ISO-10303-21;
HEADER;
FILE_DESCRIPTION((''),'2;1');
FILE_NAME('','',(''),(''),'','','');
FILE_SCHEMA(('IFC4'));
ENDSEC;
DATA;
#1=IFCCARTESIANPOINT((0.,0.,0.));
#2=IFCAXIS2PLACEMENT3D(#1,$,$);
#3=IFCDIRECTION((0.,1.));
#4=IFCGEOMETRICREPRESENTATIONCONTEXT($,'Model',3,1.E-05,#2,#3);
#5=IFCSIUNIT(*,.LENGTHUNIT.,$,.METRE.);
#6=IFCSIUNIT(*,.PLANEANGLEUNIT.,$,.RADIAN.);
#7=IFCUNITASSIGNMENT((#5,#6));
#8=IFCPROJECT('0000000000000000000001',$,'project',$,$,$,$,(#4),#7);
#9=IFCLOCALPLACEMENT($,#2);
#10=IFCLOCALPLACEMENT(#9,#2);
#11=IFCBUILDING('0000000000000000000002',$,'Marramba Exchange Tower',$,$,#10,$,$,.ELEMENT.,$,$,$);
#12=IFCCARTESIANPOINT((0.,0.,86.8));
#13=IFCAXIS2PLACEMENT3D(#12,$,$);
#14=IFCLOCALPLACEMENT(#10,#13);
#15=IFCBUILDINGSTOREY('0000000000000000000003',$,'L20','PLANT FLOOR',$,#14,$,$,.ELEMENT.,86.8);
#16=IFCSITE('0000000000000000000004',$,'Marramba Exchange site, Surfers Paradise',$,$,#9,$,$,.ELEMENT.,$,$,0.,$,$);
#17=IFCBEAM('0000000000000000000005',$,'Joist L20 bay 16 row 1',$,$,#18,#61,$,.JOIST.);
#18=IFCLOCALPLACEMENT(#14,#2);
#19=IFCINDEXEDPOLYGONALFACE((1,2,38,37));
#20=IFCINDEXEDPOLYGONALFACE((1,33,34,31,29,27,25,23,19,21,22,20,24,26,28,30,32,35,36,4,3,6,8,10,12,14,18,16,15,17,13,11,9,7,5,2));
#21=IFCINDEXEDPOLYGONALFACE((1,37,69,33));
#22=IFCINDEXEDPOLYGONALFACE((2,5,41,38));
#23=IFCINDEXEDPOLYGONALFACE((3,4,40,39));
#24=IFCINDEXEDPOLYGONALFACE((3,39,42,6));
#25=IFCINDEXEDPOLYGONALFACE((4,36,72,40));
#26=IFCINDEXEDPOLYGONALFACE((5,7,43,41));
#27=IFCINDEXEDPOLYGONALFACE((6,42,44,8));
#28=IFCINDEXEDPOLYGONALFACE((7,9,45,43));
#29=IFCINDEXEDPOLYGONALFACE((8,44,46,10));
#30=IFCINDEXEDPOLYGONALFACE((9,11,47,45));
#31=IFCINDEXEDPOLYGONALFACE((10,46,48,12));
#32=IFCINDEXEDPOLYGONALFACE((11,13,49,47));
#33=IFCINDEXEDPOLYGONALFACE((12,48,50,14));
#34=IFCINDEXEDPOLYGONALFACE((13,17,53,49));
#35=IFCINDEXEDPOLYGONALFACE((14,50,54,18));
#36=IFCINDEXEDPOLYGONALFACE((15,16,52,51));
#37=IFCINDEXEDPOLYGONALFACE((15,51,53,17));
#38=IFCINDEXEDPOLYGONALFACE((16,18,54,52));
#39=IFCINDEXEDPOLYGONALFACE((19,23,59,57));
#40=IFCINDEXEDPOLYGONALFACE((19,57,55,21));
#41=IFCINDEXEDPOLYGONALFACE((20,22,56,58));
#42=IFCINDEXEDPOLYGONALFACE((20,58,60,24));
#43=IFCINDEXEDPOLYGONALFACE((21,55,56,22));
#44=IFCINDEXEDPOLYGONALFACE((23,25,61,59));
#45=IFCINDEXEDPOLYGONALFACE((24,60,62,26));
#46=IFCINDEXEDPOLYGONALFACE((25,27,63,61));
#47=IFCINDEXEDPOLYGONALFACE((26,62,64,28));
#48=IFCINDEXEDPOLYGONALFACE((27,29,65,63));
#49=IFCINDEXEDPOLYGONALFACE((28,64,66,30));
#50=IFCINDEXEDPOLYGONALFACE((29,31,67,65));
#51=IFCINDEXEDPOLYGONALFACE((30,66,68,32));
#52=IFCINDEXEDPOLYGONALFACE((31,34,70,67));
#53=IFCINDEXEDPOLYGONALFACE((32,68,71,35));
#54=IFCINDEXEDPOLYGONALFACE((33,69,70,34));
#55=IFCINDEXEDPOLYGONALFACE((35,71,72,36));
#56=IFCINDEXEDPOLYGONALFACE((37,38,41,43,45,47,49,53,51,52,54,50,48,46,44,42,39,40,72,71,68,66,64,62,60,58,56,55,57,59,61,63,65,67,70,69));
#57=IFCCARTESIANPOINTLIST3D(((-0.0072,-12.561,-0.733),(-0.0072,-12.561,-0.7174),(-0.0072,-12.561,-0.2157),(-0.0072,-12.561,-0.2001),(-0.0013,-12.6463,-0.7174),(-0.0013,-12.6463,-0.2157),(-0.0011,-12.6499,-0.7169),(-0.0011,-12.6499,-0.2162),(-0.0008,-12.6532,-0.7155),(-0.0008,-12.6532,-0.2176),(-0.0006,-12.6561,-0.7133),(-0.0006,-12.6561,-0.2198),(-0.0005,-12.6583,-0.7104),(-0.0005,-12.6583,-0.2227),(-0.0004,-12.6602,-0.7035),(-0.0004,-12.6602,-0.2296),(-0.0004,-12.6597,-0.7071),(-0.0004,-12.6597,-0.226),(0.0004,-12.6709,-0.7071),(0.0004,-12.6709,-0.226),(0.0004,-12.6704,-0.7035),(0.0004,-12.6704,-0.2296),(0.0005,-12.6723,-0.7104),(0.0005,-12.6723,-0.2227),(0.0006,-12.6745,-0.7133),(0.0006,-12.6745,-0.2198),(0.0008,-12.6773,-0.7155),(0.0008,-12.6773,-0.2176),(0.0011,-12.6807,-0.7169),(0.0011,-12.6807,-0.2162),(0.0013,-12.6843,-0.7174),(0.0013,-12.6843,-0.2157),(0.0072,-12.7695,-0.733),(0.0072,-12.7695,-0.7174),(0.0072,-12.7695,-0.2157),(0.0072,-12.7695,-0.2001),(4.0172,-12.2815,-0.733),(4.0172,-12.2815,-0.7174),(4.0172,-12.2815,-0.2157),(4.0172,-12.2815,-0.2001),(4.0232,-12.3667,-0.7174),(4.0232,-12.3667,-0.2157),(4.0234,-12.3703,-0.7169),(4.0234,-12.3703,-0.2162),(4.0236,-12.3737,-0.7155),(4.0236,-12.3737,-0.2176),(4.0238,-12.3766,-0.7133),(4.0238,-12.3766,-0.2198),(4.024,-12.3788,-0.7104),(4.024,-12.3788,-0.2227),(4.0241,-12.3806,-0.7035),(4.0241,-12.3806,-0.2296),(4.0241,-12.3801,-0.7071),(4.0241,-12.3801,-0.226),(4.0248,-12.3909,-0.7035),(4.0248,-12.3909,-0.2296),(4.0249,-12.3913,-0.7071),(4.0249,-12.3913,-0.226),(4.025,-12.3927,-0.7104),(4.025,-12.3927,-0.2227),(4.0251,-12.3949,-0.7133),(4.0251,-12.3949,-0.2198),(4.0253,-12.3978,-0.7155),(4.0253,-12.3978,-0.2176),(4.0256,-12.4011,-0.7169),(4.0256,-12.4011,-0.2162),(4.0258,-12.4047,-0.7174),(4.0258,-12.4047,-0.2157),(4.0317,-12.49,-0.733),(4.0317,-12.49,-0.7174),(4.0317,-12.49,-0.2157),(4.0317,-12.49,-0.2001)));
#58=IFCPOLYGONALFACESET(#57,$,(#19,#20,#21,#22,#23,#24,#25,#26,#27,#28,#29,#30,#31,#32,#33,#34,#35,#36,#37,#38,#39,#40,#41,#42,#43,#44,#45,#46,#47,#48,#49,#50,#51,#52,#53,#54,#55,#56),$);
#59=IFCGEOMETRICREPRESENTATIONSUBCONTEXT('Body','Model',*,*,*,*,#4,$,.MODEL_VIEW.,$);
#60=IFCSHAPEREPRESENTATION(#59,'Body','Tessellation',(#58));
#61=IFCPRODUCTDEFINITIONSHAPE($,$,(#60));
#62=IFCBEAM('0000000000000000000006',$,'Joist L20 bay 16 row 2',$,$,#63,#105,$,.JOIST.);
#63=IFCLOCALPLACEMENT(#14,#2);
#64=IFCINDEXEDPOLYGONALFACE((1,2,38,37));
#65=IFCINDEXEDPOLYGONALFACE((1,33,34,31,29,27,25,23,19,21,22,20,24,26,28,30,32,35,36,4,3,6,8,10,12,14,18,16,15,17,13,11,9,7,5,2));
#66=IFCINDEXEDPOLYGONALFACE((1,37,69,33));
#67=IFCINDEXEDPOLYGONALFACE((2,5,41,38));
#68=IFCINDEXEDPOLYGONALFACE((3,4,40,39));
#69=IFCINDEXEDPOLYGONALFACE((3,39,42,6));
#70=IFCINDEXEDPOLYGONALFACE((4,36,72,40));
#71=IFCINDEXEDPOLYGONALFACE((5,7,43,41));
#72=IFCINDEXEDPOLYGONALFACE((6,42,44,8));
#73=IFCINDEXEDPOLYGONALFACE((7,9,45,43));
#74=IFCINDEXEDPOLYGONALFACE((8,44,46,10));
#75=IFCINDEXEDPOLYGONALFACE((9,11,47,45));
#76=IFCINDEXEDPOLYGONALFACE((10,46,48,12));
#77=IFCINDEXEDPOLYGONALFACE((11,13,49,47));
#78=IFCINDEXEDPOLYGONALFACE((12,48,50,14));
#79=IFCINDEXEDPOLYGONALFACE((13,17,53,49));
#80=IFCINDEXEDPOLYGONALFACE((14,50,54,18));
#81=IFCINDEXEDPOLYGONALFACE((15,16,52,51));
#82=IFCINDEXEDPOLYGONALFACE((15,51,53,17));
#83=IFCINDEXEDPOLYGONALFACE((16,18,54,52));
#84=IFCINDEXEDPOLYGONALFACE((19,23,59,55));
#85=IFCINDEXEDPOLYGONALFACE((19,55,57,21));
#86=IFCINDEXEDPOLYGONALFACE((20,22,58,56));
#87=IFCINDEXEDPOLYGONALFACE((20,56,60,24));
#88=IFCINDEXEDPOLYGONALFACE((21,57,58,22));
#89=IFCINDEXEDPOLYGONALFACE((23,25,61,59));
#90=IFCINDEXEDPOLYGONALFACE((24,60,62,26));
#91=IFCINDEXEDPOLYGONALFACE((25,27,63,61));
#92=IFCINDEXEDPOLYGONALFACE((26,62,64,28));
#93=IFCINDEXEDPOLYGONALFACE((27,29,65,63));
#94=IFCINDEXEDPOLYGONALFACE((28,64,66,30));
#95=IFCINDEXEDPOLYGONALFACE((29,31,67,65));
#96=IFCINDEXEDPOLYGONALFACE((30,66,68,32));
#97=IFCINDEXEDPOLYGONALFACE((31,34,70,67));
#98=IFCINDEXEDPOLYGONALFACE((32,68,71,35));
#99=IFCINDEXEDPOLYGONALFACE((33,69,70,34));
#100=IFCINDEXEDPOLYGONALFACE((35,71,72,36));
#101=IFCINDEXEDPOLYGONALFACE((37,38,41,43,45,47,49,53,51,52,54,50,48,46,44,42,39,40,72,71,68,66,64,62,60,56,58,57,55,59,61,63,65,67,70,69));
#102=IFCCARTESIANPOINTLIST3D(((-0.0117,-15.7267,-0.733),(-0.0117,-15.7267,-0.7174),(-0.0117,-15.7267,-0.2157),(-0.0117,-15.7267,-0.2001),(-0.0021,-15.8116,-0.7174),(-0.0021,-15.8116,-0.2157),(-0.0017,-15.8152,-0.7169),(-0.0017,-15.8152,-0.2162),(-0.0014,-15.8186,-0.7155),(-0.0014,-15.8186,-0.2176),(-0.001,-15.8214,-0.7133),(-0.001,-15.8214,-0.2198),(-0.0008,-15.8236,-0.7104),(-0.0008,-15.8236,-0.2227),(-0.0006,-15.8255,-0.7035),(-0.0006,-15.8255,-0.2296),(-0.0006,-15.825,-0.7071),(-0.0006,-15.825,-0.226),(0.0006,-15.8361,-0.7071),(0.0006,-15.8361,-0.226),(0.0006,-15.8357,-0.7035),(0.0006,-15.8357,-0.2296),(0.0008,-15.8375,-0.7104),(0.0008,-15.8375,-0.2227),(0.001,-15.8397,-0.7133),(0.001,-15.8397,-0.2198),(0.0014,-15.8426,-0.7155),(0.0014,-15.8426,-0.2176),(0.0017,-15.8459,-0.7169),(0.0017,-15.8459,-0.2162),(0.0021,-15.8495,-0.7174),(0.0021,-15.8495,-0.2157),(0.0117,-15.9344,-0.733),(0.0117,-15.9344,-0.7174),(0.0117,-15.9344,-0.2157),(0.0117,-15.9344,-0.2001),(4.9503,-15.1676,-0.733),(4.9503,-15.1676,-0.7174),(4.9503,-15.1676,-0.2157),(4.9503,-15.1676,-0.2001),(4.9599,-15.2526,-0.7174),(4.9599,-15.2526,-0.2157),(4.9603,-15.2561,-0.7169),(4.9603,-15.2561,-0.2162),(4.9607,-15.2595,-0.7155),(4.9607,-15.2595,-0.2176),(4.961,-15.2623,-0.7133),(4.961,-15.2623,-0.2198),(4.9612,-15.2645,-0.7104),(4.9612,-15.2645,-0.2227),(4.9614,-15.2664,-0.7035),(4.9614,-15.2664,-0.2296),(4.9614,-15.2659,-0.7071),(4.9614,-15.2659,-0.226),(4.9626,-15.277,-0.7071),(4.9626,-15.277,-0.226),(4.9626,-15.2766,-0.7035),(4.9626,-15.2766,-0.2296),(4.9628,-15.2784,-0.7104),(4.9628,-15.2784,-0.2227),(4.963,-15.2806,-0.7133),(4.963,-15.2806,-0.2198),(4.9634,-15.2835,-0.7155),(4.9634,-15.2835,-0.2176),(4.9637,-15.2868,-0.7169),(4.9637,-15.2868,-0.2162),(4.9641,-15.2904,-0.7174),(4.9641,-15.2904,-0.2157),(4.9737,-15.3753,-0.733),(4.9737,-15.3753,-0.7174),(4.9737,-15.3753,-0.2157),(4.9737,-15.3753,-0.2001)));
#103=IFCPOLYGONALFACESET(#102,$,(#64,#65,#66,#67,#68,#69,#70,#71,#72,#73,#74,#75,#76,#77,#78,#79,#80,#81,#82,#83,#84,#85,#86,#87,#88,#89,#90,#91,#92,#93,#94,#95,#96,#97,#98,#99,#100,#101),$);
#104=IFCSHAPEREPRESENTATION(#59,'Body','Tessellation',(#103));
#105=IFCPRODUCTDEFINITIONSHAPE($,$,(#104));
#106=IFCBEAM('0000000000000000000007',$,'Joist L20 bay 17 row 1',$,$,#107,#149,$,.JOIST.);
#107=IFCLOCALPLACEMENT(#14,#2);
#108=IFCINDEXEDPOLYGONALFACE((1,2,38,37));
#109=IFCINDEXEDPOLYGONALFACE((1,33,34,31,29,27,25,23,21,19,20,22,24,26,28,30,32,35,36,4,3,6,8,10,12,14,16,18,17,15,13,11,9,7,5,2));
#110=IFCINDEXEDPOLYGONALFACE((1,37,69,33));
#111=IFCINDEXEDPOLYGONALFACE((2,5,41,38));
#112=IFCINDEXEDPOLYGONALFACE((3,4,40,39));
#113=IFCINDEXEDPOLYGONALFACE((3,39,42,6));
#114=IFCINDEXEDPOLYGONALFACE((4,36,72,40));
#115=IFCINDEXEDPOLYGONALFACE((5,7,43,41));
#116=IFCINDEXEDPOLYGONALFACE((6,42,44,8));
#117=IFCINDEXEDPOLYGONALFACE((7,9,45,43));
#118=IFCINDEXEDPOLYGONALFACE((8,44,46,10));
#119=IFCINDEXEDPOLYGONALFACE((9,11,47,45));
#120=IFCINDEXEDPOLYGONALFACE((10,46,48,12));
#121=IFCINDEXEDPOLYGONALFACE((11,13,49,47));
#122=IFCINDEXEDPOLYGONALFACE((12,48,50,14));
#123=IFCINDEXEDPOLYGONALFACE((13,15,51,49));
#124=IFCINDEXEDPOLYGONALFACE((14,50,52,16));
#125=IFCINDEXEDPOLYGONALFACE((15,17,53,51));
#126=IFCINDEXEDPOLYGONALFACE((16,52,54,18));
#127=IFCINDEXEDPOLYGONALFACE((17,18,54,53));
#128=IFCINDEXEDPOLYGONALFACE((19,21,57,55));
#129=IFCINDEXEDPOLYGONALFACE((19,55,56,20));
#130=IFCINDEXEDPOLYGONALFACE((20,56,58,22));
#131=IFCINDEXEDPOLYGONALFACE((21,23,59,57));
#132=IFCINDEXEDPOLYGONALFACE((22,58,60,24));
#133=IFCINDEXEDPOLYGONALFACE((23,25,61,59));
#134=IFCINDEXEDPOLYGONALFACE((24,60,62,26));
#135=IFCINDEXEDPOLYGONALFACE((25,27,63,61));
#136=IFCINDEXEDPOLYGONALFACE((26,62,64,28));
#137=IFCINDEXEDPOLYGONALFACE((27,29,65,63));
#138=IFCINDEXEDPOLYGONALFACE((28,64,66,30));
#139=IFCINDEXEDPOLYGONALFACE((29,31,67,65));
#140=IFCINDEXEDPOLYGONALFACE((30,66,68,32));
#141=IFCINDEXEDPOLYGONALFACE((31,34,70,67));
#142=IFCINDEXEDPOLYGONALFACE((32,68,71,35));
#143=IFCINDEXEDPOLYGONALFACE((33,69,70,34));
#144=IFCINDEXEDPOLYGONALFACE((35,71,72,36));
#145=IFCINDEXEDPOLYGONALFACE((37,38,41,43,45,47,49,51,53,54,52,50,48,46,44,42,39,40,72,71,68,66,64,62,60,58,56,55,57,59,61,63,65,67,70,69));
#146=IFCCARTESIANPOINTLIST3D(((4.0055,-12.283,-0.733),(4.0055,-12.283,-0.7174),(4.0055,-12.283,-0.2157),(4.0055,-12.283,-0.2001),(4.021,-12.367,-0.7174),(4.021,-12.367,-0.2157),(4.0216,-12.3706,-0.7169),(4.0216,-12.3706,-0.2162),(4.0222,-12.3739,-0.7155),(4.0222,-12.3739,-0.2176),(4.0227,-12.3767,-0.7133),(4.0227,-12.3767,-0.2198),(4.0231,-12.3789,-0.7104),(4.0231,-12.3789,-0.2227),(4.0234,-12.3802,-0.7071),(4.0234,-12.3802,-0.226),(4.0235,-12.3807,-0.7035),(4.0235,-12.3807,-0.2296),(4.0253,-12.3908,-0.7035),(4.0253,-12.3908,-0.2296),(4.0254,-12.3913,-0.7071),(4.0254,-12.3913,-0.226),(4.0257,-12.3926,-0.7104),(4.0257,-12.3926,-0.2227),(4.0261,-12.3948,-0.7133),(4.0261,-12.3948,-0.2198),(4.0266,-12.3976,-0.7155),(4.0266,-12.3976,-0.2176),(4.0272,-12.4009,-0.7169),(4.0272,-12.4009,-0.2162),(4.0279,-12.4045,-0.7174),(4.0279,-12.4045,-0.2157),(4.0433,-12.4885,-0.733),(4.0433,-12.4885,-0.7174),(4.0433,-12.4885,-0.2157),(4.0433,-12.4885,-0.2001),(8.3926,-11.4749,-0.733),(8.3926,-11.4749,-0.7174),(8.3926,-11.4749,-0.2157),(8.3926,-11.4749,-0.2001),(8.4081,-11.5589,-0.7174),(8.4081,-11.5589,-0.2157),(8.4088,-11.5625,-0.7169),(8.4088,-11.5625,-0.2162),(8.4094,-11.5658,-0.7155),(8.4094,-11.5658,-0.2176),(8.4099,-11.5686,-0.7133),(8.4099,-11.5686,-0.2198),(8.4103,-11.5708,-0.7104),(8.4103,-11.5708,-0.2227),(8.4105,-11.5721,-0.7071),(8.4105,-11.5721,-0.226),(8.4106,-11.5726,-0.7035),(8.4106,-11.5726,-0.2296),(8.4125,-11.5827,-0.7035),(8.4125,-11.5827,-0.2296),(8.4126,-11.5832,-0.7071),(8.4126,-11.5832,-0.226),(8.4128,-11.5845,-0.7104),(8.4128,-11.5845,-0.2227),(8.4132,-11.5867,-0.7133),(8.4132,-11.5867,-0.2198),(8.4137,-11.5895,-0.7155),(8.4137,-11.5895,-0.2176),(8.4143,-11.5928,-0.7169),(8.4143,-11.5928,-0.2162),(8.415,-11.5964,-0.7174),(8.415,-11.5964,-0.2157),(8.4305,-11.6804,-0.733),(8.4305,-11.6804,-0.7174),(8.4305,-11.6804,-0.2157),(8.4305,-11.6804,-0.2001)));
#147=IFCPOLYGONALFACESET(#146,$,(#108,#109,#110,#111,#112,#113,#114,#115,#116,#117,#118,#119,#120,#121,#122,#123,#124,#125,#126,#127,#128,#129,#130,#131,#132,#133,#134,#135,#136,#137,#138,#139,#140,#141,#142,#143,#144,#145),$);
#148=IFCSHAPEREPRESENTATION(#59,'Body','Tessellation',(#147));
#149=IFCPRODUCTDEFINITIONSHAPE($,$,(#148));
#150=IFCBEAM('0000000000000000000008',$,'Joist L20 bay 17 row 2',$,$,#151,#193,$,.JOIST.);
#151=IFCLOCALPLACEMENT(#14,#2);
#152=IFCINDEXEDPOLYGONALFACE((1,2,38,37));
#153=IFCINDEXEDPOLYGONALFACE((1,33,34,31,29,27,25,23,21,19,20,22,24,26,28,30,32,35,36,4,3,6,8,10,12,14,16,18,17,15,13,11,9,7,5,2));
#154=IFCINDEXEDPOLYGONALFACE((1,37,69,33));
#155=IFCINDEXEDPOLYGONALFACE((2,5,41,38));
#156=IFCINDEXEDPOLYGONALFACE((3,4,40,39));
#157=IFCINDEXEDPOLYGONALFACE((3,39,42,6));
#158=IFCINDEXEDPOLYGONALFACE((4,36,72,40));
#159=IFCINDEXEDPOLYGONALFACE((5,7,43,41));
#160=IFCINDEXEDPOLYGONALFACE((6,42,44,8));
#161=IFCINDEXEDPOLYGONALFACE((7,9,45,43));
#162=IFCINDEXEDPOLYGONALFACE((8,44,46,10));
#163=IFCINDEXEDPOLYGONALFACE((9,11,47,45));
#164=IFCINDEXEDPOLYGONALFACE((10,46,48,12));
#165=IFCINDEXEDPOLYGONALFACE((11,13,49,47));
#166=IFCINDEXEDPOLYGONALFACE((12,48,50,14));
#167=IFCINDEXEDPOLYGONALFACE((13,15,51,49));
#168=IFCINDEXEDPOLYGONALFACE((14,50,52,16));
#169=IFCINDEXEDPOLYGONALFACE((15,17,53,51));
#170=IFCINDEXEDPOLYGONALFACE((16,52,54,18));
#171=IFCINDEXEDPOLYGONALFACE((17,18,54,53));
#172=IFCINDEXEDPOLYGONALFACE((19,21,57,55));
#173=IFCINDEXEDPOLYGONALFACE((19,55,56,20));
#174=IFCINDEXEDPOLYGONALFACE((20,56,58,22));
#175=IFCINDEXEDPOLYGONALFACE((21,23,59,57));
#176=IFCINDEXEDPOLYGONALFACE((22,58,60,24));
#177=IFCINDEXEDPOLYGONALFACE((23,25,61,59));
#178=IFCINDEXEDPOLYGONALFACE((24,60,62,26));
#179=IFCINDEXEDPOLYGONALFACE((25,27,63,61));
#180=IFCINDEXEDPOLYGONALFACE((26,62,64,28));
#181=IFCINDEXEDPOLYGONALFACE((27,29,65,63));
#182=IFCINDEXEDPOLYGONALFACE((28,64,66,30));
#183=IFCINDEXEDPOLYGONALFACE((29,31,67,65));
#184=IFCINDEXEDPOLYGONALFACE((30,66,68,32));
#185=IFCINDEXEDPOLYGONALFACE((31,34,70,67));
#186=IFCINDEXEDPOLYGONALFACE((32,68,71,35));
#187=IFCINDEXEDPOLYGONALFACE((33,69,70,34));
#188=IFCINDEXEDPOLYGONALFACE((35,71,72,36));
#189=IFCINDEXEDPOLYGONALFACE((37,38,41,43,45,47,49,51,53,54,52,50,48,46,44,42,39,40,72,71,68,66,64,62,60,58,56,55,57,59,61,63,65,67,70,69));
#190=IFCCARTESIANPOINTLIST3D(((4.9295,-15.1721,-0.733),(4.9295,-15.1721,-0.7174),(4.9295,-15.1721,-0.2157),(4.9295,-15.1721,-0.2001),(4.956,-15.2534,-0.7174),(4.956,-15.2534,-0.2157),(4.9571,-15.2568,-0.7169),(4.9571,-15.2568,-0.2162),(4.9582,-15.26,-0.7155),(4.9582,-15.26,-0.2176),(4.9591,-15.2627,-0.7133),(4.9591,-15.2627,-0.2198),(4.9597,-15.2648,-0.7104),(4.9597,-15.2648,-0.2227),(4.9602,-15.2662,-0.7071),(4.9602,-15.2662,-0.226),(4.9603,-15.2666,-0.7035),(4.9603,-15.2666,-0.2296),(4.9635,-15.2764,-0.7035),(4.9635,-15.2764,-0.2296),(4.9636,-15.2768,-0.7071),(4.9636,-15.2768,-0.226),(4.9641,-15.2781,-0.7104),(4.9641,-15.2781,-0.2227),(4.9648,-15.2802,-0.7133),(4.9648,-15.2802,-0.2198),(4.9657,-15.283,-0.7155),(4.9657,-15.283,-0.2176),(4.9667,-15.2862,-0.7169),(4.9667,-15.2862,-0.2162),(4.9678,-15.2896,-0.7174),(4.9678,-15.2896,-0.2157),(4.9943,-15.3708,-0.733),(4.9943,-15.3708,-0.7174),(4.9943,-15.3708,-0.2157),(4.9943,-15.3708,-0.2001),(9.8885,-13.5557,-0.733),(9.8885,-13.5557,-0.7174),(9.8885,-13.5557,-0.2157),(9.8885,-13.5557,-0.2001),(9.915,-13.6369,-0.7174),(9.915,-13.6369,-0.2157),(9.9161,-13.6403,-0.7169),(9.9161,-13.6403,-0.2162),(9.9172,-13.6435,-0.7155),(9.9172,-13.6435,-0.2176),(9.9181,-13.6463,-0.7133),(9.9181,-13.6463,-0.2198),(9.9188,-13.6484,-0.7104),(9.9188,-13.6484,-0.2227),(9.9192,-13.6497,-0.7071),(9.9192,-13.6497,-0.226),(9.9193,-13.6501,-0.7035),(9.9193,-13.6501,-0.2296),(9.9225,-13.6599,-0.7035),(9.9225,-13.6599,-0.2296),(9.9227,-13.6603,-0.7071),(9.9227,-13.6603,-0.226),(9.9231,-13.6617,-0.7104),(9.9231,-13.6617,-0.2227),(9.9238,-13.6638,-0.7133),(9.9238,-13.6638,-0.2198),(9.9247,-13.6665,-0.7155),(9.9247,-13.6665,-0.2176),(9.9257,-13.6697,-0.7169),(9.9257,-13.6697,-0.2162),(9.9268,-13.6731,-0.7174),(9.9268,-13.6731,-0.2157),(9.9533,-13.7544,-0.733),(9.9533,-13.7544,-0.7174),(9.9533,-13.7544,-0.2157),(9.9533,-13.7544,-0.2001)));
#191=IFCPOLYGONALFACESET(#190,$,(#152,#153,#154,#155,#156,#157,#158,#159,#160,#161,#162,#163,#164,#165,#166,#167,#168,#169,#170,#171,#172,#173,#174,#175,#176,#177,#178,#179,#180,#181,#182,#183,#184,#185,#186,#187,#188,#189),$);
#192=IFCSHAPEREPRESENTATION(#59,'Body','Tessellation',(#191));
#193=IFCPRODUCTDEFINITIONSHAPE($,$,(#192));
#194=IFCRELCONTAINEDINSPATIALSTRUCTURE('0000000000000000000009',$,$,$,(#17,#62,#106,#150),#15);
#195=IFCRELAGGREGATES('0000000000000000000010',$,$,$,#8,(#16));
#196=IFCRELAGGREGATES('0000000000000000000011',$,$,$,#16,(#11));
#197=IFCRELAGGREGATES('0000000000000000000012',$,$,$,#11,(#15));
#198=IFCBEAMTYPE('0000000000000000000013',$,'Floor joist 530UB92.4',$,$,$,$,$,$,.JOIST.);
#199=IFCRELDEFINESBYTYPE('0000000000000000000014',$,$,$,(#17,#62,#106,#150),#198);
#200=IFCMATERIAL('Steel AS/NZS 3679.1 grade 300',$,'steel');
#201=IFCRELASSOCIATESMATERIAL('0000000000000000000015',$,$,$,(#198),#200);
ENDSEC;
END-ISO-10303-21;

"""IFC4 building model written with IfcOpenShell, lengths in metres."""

from ifc_helpers import new_model, si_unit, direction, frame, origin, origin_2d, place, context, subcontext, project, spatial, i_section, extrude, material, material_profile, profile_set, type_object, element, save


model = new_model("IFC4")

# Units and contexts
model_context = context("Model", 3, precision=1e-05, world=origin(), true_north=direction((0.0, 1.0)))
body_context = subcontext(model_context, "Body", "Model", "MODEL_VIEW")
ifc_project = project(units=[si_unit("LENGTHUNIT", "METRE"), si_unit("PLANEANGLEUNIT", "RADIAN")], contexts=[model_context])

# Site, building, storey
site_placement = place(None, origin())
site = spatial("IfcSite", under=ifc_project, at=site_placement, Name="Marramba Exchange site, Surfers Paradise", CompositionType="ELEMENT", RefElevation=0.0)
building_placement = place(site_placement, origin())
building = spatial("IfcBuilding", under=site, at=building_placement, Name="Marramba Exchange Tower", CompositionType="ELEMENT")
storey_placement = place(building_placement, frame((0.0, 0.0, 86.8)))
storey = spatial("IfcBuildingStorey", under=building, at=storey_placement, Name="L20", Description="PLANT FLOOR", CompositionType="ELEMENT", Elevation=86.8)

# Beams
ifc_material_1 = material(Name="Steel AS/NZS 3679.1 grade 300", Category="steel")
ifc_material_profile_1 = material_profile(ifc_material_1, i_section(OverallWidth=0.209, OverallDepth=0.533, WebThickness=0.0103, FlangeThickness=0.0156, FilletRadius=0.0139, at=origin_2d()), Name="530UB92.4")
ifc_profile_set_1 = profile_set([ifc_material_profile_1], Name="Steel AS/NZS 3679.1 grade 300")
beam_type_1 = type_object("IfcBeamType", Name="Floor joist 530UB92.4", PredefinedType="JOIST", material=ifc_profile_set_1)
beam_1_placement = place(storey_placement, frame((0.0, -12.6653, -0.4666), z_axis=(0.997596, 0.069294, 0.0), x_axis=(-0.069294, 0.997596, 0.0)))
element("IfcBeam", 1, at=beam_1_placement, inside=storey, type_object=beam_type_1, Name="Joist L20 bay 16 row 1", PredefinedType="JOIST", context=body_context, shape_type="SweptSolid", body=[
    extrude(i_section(OverallWidth=0.209, OverallDepth=0.533, WebThickness=0.0103, FlangeThickness=0.0156, FilletRadius=0.0139, at=origin_2d()), origin(), (0.0, 0.0, 1.0), 4.0342),
])
beam_2_placement = place(storey_placement, frame((0.0, -15.8306, -0.4666), z_axis=(0.993712, 0.111966, 0.0), x_axis=(-0.111966, 0.993712, 0.0)))
element("IfcBeam", 2, at=beam_2_placement, inside=storey, type_object=beam_type_1, Name="Joist L20 bay 16 row 2", PredefinedType="JOIST", context=body_context, shape_type="SweptSolid", body=[
    extrude(i_section(OverallWidth=0.209, OverallDepth=0.533, WebThickness=0.0103, FlangeThickness=0.0156, FilletRadius=0.0139, at=origin_2d()), origin(), (0.0, 0.0, 1.0), 4.9934),
])
beam_3_placement = place(storey_placement, frame((4.0244, -12.3857, -0.4666), z_axis=(0.983456, 0.181149, 0.0), x_axis=(-0.181149, 0.983456, 0.0)))
element("IfcBeam", 3, at=beam_3_placement, inside=storey, type_object=beam_type_1, Name="Joist L20 bay 17 row 1", PredefinedType="JOIST", context=body_context, shape_type="SweptSolid", body=[
    extrude(i_section(OverallWidth=0.209, OverallDepth=0.533, WebThickness=0.0103, FlangeThickness=0.0156, FilletRadius=0.0139, at=origin_2d()), origin(), (0.0, 0.0, 1.0), 4.4609),
])
beam_4_placement = place(storey_placement, frame((4.9619, -15.2715, -0.4666), z_axis=(0.950764, 0.309916, 0.0), x_axis=(-0.309916, 0.950764, 0.0)))
element("IfcBeam", 4, at=beam_4_placement, inside=storey, type_object=beam_type_1, Name="Joist L20 bay 17 row 2", PredefinedType="JOIST", context=body_context, shape_type="SweptSolid", body=[
    extrude(i_section(OverallWidth=0.209, OverallDepth=0.533, WebThickness=0.0103, FlangeThickness=0.0156, FilletRadius=0.0139, at=origin_2d()), origin(), (0.0, 0.0, 1.0), 5.2158),
])

save(model, "model.ifc")
